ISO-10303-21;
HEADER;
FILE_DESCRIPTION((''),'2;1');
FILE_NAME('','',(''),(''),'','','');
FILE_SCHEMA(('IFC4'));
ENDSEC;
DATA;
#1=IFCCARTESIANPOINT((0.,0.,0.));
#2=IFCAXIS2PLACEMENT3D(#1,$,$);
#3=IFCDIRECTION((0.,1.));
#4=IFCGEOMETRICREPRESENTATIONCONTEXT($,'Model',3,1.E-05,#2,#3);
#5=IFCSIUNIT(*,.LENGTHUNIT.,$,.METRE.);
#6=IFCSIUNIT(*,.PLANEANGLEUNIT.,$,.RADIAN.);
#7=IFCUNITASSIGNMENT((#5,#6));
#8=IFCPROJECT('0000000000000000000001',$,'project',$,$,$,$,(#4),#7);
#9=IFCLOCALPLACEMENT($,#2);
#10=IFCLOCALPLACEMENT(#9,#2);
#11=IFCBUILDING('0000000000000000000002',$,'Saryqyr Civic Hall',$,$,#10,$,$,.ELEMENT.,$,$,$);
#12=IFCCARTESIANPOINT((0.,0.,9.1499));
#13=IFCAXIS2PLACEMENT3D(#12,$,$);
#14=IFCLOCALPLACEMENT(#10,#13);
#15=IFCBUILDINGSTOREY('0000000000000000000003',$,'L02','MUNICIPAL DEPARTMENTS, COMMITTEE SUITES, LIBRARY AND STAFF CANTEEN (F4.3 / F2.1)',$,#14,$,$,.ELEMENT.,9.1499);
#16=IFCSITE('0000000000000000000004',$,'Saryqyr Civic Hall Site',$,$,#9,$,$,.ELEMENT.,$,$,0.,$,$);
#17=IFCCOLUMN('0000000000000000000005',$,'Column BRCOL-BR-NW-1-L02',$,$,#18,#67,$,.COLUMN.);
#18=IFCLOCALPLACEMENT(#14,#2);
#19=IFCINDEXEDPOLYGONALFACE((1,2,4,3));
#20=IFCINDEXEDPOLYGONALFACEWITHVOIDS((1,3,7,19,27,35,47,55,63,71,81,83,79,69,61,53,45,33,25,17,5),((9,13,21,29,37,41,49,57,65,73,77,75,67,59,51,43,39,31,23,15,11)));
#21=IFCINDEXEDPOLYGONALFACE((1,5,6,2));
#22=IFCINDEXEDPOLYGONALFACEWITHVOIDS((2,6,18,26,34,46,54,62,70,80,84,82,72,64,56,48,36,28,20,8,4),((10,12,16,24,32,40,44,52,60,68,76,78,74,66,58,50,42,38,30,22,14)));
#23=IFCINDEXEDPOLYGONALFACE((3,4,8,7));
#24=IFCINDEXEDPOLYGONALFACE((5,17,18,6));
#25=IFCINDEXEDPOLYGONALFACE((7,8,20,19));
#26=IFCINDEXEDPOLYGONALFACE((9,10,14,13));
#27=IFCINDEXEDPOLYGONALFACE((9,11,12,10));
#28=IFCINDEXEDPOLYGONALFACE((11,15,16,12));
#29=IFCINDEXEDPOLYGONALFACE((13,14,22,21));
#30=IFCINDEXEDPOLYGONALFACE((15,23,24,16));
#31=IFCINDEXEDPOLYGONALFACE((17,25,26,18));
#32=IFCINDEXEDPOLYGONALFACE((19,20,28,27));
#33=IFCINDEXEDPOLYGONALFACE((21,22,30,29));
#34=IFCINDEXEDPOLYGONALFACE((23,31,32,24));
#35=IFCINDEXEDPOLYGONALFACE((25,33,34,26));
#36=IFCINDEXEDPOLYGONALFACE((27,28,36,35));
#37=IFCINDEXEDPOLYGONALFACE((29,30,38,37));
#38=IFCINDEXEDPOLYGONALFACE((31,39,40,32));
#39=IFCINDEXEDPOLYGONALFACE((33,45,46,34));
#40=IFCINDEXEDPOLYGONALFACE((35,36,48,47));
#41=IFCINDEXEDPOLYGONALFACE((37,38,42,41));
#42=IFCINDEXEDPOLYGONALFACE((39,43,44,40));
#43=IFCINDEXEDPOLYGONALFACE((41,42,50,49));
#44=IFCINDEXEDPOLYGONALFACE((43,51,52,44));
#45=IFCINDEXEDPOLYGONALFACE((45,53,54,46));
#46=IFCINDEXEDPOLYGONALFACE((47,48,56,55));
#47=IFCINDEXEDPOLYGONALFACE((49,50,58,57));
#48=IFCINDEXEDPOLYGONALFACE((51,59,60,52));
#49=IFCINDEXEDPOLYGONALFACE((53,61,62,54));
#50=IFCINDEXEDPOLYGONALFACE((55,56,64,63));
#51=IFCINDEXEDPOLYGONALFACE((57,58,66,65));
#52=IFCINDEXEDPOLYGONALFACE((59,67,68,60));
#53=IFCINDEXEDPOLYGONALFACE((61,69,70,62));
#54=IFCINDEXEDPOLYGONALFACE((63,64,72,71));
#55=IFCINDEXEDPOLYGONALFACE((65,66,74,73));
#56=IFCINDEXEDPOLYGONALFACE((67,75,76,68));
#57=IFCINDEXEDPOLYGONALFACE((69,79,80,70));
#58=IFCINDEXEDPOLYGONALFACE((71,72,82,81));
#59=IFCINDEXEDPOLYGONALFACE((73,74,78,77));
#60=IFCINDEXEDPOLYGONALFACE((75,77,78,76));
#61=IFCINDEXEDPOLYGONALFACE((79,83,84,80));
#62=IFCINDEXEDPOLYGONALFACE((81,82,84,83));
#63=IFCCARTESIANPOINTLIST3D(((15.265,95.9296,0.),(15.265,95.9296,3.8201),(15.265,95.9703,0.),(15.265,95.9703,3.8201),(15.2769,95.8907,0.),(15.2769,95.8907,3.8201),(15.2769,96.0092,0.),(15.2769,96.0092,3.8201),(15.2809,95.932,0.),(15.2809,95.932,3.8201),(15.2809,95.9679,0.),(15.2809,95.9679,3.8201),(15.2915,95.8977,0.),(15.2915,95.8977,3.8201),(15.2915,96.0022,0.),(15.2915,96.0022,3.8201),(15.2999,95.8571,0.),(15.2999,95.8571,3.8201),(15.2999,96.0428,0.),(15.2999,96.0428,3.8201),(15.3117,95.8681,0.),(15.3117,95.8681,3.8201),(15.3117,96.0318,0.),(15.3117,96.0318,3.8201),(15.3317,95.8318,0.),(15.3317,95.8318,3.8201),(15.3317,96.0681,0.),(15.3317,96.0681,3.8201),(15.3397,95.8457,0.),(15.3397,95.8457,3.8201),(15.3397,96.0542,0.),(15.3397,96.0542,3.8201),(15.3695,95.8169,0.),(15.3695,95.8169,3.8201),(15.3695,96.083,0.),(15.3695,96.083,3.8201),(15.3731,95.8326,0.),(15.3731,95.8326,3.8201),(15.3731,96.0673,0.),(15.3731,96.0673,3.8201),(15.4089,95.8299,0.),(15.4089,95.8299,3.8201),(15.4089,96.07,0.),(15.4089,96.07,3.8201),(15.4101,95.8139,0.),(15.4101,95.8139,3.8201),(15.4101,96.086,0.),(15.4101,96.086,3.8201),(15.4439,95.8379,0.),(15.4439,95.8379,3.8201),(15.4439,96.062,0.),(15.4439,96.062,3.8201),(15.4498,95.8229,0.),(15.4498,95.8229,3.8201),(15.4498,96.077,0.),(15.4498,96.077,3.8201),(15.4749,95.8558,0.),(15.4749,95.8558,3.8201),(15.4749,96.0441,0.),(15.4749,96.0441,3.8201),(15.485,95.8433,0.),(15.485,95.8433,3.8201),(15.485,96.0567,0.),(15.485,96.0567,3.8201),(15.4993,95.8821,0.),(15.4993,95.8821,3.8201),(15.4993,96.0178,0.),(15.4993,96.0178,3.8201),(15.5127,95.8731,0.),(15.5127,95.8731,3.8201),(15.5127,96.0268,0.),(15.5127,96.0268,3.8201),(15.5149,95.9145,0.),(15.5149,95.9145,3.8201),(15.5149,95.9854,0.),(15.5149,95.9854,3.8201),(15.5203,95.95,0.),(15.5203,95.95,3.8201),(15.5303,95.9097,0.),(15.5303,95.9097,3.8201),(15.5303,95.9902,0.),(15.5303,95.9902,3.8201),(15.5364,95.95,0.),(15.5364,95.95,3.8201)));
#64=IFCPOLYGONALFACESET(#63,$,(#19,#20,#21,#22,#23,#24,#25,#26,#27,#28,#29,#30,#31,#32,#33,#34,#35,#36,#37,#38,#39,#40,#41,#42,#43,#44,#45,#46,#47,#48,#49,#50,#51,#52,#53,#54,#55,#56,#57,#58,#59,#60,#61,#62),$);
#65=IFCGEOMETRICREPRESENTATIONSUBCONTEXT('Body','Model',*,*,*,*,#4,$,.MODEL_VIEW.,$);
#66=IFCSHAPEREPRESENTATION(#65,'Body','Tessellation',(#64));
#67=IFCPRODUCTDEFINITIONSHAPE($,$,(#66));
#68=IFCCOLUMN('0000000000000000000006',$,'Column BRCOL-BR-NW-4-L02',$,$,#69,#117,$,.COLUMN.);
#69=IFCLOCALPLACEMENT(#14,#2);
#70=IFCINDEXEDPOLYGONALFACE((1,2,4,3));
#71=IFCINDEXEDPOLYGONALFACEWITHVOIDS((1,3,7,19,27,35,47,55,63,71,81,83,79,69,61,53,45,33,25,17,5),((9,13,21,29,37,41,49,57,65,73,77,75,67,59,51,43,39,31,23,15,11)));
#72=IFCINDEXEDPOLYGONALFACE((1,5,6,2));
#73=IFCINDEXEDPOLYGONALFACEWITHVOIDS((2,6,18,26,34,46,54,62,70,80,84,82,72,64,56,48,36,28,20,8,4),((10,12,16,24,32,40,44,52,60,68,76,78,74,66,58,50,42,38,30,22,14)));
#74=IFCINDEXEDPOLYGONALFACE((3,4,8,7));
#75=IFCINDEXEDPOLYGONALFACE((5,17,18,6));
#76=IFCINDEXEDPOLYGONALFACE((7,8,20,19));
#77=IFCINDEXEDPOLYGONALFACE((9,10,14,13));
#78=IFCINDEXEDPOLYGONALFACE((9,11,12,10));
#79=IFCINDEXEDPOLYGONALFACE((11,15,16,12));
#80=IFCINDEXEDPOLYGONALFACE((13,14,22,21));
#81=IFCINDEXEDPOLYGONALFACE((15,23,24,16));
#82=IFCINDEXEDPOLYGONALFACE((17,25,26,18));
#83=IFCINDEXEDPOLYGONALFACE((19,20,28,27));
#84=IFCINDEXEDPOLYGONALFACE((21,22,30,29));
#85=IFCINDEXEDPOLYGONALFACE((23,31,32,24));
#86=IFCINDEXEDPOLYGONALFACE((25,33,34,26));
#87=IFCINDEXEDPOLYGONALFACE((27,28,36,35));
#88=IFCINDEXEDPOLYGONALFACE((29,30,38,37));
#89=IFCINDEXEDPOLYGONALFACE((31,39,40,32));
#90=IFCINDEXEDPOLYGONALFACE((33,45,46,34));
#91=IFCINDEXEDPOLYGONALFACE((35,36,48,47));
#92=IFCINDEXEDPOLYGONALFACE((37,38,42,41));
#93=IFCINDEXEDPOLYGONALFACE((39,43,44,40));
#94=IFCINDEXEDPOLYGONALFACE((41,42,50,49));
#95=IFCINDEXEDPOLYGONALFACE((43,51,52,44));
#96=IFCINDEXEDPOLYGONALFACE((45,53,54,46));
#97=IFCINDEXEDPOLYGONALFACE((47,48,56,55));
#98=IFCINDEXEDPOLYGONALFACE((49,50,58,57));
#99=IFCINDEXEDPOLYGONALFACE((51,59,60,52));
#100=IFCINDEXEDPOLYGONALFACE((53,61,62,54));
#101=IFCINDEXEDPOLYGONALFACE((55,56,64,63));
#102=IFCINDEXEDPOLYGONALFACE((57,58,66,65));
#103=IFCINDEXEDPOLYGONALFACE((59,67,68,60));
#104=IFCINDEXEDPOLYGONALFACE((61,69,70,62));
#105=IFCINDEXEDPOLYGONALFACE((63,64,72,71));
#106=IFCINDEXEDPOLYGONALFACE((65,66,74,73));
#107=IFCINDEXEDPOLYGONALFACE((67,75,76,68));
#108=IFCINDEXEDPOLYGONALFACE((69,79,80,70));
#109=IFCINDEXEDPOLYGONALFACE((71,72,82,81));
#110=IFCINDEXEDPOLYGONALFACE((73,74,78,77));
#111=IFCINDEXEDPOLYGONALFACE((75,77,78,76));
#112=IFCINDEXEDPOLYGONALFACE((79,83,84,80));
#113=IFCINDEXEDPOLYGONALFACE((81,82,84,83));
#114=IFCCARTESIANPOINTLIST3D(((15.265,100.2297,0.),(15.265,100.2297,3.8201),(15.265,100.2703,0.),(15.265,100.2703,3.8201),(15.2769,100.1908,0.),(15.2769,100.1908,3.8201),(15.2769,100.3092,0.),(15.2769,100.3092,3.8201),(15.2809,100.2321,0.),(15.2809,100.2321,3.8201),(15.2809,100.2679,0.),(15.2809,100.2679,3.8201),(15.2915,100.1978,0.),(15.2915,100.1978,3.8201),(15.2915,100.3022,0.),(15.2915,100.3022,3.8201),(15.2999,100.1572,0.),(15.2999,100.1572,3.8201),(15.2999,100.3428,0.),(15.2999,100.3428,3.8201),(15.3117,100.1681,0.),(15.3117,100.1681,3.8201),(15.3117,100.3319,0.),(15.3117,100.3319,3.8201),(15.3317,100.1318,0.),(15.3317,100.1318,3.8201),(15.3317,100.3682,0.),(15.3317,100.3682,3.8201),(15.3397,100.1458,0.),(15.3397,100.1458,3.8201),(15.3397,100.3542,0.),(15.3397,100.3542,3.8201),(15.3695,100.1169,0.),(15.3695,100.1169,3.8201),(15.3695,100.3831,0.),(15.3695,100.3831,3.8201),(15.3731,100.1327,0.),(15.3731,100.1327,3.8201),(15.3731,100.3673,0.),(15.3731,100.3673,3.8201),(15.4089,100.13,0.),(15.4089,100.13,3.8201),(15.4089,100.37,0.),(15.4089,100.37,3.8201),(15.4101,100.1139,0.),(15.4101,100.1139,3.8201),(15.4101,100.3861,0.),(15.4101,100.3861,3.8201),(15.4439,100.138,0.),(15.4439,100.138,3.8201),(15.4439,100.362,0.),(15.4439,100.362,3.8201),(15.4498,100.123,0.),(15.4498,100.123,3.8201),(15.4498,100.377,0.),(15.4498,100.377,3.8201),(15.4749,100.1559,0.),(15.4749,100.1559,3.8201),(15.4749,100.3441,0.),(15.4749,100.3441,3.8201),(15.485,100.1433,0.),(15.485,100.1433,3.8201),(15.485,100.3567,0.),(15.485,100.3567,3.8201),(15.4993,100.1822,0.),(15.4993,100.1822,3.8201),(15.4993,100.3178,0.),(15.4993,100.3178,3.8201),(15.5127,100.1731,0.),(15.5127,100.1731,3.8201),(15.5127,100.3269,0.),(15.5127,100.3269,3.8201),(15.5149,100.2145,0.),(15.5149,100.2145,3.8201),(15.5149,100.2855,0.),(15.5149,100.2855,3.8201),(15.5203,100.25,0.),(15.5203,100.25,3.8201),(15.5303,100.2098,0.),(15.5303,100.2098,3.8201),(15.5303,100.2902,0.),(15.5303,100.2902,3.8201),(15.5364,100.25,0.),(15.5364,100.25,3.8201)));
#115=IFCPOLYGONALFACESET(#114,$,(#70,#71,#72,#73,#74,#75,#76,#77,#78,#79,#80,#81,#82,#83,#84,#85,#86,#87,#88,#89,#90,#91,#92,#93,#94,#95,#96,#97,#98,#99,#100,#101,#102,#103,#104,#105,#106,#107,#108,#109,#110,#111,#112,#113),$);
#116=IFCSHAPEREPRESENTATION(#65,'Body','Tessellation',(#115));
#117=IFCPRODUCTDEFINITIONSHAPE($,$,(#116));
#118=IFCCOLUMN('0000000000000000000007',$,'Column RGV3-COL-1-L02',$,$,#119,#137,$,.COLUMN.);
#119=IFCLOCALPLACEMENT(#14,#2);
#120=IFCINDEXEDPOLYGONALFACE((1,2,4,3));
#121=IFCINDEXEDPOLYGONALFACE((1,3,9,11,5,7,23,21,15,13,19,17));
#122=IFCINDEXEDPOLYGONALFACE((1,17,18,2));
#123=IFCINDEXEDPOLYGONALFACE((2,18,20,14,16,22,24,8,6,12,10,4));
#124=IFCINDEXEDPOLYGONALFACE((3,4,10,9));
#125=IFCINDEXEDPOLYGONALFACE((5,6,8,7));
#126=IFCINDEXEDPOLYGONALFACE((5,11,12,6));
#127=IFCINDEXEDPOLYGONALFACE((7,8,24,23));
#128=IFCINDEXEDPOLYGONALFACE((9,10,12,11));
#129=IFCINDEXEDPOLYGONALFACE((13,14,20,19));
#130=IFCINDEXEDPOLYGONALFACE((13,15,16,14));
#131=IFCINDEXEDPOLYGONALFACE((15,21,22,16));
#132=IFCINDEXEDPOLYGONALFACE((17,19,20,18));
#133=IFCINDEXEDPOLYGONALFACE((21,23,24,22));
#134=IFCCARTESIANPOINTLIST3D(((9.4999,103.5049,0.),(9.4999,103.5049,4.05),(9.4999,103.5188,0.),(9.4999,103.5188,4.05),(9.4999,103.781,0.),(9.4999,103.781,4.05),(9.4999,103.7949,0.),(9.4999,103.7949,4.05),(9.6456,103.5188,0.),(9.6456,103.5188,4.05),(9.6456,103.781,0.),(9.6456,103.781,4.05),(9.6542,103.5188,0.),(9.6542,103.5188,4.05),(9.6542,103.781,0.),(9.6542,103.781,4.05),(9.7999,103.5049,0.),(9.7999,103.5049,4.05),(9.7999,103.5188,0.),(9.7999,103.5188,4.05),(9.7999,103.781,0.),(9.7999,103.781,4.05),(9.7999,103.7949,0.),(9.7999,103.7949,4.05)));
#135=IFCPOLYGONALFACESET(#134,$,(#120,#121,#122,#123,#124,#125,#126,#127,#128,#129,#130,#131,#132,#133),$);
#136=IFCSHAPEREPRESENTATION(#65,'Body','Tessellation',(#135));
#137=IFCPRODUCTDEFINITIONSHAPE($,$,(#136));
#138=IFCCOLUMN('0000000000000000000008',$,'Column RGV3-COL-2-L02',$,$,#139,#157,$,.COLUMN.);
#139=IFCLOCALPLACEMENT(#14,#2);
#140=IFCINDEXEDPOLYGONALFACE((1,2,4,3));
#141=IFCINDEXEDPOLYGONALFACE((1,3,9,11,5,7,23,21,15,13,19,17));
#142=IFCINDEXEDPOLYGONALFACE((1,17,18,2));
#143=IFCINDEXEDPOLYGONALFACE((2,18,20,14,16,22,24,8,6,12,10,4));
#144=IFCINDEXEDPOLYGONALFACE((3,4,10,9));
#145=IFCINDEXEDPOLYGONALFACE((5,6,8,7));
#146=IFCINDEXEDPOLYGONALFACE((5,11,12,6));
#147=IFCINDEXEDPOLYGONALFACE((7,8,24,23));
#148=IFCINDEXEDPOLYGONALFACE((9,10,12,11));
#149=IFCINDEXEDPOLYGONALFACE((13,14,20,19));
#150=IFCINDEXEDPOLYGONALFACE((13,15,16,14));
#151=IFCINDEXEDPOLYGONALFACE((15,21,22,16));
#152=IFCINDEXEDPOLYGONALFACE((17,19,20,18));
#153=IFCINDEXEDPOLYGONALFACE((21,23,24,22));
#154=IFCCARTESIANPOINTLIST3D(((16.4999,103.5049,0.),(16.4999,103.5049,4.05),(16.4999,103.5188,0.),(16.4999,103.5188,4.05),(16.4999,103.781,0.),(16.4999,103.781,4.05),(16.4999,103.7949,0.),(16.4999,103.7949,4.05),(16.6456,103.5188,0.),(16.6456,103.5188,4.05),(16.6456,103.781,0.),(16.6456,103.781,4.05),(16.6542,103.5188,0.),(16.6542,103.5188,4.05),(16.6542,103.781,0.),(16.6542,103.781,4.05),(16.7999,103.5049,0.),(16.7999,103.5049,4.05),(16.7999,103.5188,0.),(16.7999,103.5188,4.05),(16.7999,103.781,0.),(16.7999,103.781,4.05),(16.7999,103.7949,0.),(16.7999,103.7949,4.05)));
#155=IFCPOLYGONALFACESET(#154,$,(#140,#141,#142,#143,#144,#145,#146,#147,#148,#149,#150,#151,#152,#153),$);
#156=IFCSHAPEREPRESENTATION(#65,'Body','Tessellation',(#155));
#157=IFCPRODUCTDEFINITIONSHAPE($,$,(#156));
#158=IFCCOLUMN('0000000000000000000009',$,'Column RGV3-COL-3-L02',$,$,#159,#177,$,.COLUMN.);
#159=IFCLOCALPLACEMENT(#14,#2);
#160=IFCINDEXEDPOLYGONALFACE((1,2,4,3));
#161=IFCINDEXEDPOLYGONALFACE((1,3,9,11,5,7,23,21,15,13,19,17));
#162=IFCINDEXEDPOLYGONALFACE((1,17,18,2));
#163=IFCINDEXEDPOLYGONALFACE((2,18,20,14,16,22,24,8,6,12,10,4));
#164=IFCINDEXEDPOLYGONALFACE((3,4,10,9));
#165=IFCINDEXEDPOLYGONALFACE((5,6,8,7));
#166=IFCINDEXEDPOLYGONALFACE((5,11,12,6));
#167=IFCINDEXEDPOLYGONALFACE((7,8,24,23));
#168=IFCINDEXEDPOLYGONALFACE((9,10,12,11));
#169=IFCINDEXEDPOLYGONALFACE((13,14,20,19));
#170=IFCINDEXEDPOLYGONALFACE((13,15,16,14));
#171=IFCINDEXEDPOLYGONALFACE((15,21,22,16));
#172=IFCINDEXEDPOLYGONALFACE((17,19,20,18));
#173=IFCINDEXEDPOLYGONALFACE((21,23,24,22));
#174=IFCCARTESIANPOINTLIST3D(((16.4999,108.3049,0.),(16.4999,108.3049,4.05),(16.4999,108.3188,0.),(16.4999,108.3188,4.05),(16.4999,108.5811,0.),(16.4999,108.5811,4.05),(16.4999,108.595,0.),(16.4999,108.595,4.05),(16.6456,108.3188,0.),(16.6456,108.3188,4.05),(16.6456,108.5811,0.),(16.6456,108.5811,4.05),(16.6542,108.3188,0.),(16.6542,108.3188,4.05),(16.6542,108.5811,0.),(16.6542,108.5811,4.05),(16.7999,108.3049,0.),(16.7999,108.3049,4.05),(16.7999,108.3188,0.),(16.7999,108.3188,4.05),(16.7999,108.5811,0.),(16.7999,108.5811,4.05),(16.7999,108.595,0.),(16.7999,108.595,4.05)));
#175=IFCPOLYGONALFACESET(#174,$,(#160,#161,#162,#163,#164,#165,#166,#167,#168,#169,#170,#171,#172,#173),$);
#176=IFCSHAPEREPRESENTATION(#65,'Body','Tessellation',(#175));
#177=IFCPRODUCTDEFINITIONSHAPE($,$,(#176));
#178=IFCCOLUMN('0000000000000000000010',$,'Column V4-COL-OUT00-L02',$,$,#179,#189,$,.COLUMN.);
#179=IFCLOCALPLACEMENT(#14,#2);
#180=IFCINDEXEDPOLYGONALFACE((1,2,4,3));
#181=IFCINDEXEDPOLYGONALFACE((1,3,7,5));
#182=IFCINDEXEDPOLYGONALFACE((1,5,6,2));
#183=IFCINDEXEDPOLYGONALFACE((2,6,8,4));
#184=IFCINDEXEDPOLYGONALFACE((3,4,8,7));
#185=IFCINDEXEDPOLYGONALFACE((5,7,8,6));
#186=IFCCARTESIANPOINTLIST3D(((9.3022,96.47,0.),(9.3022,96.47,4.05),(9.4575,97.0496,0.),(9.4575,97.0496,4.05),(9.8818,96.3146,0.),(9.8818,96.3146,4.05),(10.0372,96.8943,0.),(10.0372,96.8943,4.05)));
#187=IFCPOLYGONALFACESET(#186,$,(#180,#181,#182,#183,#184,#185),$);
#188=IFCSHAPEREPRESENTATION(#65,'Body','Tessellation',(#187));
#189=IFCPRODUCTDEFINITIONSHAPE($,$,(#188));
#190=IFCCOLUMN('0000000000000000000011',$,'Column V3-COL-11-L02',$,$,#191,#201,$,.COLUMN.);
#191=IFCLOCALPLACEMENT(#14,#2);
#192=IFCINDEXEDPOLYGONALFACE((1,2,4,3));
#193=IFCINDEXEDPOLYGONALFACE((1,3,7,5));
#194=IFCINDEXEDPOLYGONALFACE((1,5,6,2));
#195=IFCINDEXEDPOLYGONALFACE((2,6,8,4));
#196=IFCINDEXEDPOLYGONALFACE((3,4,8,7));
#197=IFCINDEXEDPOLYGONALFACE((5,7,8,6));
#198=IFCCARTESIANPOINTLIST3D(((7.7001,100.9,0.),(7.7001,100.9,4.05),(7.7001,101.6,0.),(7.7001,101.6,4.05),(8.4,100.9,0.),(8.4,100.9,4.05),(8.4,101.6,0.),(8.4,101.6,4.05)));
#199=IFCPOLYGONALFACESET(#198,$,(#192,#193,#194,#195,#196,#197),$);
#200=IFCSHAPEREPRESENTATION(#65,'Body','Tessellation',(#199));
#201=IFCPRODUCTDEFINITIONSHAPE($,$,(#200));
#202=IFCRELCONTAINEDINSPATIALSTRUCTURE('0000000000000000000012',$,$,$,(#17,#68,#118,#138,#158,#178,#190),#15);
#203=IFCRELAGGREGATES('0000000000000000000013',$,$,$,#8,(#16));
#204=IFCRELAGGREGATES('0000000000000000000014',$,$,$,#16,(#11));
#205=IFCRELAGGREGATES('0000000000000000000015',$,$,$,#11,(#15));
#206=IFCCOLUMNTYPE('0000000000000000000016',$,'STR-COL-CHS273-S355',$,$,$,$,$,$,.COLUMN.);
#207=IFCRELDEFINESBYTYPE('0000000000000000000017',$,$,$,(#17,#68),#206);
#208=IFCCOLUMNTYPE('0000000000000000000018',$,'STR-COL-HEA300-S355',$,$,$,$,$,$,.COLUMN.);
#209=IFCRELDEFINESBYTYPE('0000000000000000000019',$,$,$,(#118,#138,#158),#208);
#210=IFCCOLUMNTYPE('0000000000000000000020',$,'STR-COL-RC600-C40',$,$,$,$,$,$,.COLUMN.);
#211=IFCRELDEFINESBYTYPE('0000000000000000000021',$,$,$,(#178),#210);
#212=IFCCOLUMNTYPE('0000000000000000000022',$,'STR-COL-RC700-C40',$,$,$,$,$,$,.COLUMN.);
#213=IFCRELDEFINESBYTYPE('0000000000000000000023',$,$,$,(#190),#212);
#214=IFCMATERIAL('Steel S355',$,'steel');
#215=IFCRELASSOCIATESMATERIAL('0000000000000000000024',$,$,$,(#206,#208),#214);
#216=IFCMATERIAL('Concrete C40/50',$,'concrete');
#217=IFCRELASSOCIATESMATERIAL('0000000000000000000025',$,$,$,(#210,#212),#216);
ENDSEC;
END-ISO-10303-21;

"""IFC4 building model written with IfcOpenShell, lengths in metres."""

from ifc_helpers import new_model, si_unit, direction, frame, origin, origin_2d, place, context, subcontext, project, spatial, rectangle, hollow_circle, i_section, extrude, material, material_profile, profile_set, type_object, element, save


model = new_model("IFC4")

# Units and contexts
model_context = context("Model", 3, precision=1e-05, world=origin(), true_north=direction((0.0, 1.0)))
body_context = subcontext(model_context, "Body", "Model", "MODEL_VIEW")
ifc_project = project(units=[si_unit("LENGTHUNIT", "METRE"), si_unit("PLANEANGLEUNIT", "RADIAN")], contexts=[model_context])

# Site, building, storey
site_placement = place(None, origin())
site = spatial("IfcSite", under=ifc_project, at=site_placement, Name="Saryqyr Civic Hall Site", CompositionType="ELEMENT", RefElevation=0.0)
building_placement = place(site_placement, origin())
building = spatial("IfcBuilding", under=site, at=building_placement, Name="Saryqyr Civic Hall", CompositionType="ELEMENT")
storey_placement = place(building_placement, frame((0.0, 0.0, 9.1499)))
storey = spatial("IfcBuildingStorey", under=building, at=storey_placement, Name="L02", Description="MUNICIPAL DEPARTMENTS, COMMITTEE SUITES, LIBRARY AND STAFF CANTEEN (F4.3 / F2.1)", CompositionType="ELEMENT", Elevation=9.1499)

# Columns
ifc_material_1 = material(Name="Steel S355", Category="steel")
ifc_material_profile_1 = material_profile(ifc_material_1, hollow_circle(Radius=0.1365, WallThickness=0.0161, at=origin_2d()), Name="CHS 273x16")
ifc_profile_set_1 = profile_set([ifc_material_profile_1], Name="Steel S355")
column_type_1 = type_object("IfcColumnType", Name="STR-COL-CHS273-S355", PredefinedType="COLUMN", material=ifc_profile_set_1)
for number, where, z_axis, x_axis, name in (
    (1, (15.3999, 95.95, 0.0), (0.0, 0.0, 1.0), (1.0, 0.0, 0.0), "Column BRCOL-BR-NW-1-L02"),
    (2, (15.3999, 100.25, 0.0), (0.0, 0.0, 1.0), (1.0, 0.0, 0.0), "Column BRCOL-BR-NW-4-L02"),
):
    element("IfcColumn", number, at=place(storey_placement, frame(where, z_axis=z_axis, x_axis=x_axis)), inside=storey, type_object=column_type_1, Name=name, PredefinedType="COLUMN", context=body_context, shape_type="SweptSolid", body=[
        extrude(hollow_circle(Radius=0.1365, WallThickness=0.0161, at=origin_2d()), origin(), (0.0, 0.0, 1.0), 3.8201),
    ])
ifc_material_profile_2 = material_profile(ifc_material_1, i_section(OverallWidth=0.3, OverallDepth=0.29, WebThickness=0.0085, FlangeThickness=0.0139, at=origin_2d()), Name="HEA 300")
ifc_profile_set_2 = profile_set([ifc_material_profile_2], Name="Steel S355")
column_type_2 = type_object("IfcColumnType", Name="STR-COL-HEA300-S355", PredefinedType="COLUMN", material=ifc_profile_set_2)
for number, where, z_axis, x_axis, name in (
    (3, (9.6499, 103.6499, 0.0), (0.0, 0.0, 1.0), (1.0, 0.0, 0.0), "Column RGV3-COL-1-L02"),
    (4, (16.6499, 103.6499, 0.0), (0.0, 0.0, 1.0), (1.0, 0.0, 0.0), "Column RGV3-COL-2-L02"),
    (5, (16.6499, 108.45, 0.0), (0.0, 0.0, 1.0), (1.0, 0.0, 0.0), "Column RGV3-COL-3-L02"),
):
    element("IfcColumn", number, at=place(storey_placement, frame(where, z_axis=z_axis, x_axis=x_axis)), inside=storey, type_object=column_type_2, Name=name, PredefinedType="COLUMN", context=body_context, shape_type="SweptSolid", body=[
        extrude(i_section(OverallWidth=0.3, OverallDepth=0.29, WebThickness=0.0085, FlangeThickness=0.0139, at=origin_2d()), origin(), (0.0, 0.0, 1.0), 4.05),
    ])
ifc_material_2 = material(Name="Concrete C40/50", Category="concrete")
ifc_material_profile_3 = material_profile(ifc_material_2, rectangle(XDim=0.6001, YDim=0.6001, at=origin_2d()), Name="RC 600x600")
ifc_profile_set_3 = profile_set([ifc_material_profile_3], Name="Concrete C40/50")
column_type_3 = type_object("IfcColumnType", Name="STR-COL-RC600-C40", PredefinedType="COLUMN", material=ifc_profile_set_3)
column_1_placement = place(storey_placement, frame((9.6697, 96.6821, 0.0), z_axis=(0.0, 0.0, 1.0), x_axis=(-0.965926, 0.258819, 0.0)))
element("IfcColumn", 6, at=column_1_placement, inside=storey, type_object=column_type_3, Name="Column V4-COL-OUT00-L02", PredefinedType="COLUMN", context=body_context, shape_type="SweptSolid", body=[
    extrude(rectangle(XDim=0.6001, YDim=0.6001, at=origin_2d()), origin(), (0.0, 0.0, 1.0), 4.05),
])
ifc_material_profile_4 = material_profile(ifc_material_2, rectangle(XDim=0.7, YDim=0.7, at=origin_2d()), Name="RC 700x700")
ifc_profile_set_4 = profile_set([ifc_material_profile_4], Name="Concrete C40/50")
column_type_4 = type_object("IfcColumnType", Name="STR-COL-RC700-C40", PredefinedType="COLUMN", material=ifc_profile_set_4)
for number, where, z_axis, x_axis, name in (
    (7, (8.05, 101.25, 0.0), (0.0, 0.0, 1.0), (1.0, 0.0, 0.0), "Column V3-COL-11-L02"),
):
    element("IfcColumn", number, at=place(storey_placement, frame(where, z_axis=z_axis, x_axis=x_axis)), inside=storey, type_object=column_type_4, Name=name, PredefinedType="COLUMN", context=body_context, shape_type="SweptSolid", body=[
        extrude(rectangle(XDim=0.7, YDim=0.7, at=origin_2d()), origin(), (0.0, 0.0, 1.0), 4.05),
    ])

save(model, "model.ifc")
